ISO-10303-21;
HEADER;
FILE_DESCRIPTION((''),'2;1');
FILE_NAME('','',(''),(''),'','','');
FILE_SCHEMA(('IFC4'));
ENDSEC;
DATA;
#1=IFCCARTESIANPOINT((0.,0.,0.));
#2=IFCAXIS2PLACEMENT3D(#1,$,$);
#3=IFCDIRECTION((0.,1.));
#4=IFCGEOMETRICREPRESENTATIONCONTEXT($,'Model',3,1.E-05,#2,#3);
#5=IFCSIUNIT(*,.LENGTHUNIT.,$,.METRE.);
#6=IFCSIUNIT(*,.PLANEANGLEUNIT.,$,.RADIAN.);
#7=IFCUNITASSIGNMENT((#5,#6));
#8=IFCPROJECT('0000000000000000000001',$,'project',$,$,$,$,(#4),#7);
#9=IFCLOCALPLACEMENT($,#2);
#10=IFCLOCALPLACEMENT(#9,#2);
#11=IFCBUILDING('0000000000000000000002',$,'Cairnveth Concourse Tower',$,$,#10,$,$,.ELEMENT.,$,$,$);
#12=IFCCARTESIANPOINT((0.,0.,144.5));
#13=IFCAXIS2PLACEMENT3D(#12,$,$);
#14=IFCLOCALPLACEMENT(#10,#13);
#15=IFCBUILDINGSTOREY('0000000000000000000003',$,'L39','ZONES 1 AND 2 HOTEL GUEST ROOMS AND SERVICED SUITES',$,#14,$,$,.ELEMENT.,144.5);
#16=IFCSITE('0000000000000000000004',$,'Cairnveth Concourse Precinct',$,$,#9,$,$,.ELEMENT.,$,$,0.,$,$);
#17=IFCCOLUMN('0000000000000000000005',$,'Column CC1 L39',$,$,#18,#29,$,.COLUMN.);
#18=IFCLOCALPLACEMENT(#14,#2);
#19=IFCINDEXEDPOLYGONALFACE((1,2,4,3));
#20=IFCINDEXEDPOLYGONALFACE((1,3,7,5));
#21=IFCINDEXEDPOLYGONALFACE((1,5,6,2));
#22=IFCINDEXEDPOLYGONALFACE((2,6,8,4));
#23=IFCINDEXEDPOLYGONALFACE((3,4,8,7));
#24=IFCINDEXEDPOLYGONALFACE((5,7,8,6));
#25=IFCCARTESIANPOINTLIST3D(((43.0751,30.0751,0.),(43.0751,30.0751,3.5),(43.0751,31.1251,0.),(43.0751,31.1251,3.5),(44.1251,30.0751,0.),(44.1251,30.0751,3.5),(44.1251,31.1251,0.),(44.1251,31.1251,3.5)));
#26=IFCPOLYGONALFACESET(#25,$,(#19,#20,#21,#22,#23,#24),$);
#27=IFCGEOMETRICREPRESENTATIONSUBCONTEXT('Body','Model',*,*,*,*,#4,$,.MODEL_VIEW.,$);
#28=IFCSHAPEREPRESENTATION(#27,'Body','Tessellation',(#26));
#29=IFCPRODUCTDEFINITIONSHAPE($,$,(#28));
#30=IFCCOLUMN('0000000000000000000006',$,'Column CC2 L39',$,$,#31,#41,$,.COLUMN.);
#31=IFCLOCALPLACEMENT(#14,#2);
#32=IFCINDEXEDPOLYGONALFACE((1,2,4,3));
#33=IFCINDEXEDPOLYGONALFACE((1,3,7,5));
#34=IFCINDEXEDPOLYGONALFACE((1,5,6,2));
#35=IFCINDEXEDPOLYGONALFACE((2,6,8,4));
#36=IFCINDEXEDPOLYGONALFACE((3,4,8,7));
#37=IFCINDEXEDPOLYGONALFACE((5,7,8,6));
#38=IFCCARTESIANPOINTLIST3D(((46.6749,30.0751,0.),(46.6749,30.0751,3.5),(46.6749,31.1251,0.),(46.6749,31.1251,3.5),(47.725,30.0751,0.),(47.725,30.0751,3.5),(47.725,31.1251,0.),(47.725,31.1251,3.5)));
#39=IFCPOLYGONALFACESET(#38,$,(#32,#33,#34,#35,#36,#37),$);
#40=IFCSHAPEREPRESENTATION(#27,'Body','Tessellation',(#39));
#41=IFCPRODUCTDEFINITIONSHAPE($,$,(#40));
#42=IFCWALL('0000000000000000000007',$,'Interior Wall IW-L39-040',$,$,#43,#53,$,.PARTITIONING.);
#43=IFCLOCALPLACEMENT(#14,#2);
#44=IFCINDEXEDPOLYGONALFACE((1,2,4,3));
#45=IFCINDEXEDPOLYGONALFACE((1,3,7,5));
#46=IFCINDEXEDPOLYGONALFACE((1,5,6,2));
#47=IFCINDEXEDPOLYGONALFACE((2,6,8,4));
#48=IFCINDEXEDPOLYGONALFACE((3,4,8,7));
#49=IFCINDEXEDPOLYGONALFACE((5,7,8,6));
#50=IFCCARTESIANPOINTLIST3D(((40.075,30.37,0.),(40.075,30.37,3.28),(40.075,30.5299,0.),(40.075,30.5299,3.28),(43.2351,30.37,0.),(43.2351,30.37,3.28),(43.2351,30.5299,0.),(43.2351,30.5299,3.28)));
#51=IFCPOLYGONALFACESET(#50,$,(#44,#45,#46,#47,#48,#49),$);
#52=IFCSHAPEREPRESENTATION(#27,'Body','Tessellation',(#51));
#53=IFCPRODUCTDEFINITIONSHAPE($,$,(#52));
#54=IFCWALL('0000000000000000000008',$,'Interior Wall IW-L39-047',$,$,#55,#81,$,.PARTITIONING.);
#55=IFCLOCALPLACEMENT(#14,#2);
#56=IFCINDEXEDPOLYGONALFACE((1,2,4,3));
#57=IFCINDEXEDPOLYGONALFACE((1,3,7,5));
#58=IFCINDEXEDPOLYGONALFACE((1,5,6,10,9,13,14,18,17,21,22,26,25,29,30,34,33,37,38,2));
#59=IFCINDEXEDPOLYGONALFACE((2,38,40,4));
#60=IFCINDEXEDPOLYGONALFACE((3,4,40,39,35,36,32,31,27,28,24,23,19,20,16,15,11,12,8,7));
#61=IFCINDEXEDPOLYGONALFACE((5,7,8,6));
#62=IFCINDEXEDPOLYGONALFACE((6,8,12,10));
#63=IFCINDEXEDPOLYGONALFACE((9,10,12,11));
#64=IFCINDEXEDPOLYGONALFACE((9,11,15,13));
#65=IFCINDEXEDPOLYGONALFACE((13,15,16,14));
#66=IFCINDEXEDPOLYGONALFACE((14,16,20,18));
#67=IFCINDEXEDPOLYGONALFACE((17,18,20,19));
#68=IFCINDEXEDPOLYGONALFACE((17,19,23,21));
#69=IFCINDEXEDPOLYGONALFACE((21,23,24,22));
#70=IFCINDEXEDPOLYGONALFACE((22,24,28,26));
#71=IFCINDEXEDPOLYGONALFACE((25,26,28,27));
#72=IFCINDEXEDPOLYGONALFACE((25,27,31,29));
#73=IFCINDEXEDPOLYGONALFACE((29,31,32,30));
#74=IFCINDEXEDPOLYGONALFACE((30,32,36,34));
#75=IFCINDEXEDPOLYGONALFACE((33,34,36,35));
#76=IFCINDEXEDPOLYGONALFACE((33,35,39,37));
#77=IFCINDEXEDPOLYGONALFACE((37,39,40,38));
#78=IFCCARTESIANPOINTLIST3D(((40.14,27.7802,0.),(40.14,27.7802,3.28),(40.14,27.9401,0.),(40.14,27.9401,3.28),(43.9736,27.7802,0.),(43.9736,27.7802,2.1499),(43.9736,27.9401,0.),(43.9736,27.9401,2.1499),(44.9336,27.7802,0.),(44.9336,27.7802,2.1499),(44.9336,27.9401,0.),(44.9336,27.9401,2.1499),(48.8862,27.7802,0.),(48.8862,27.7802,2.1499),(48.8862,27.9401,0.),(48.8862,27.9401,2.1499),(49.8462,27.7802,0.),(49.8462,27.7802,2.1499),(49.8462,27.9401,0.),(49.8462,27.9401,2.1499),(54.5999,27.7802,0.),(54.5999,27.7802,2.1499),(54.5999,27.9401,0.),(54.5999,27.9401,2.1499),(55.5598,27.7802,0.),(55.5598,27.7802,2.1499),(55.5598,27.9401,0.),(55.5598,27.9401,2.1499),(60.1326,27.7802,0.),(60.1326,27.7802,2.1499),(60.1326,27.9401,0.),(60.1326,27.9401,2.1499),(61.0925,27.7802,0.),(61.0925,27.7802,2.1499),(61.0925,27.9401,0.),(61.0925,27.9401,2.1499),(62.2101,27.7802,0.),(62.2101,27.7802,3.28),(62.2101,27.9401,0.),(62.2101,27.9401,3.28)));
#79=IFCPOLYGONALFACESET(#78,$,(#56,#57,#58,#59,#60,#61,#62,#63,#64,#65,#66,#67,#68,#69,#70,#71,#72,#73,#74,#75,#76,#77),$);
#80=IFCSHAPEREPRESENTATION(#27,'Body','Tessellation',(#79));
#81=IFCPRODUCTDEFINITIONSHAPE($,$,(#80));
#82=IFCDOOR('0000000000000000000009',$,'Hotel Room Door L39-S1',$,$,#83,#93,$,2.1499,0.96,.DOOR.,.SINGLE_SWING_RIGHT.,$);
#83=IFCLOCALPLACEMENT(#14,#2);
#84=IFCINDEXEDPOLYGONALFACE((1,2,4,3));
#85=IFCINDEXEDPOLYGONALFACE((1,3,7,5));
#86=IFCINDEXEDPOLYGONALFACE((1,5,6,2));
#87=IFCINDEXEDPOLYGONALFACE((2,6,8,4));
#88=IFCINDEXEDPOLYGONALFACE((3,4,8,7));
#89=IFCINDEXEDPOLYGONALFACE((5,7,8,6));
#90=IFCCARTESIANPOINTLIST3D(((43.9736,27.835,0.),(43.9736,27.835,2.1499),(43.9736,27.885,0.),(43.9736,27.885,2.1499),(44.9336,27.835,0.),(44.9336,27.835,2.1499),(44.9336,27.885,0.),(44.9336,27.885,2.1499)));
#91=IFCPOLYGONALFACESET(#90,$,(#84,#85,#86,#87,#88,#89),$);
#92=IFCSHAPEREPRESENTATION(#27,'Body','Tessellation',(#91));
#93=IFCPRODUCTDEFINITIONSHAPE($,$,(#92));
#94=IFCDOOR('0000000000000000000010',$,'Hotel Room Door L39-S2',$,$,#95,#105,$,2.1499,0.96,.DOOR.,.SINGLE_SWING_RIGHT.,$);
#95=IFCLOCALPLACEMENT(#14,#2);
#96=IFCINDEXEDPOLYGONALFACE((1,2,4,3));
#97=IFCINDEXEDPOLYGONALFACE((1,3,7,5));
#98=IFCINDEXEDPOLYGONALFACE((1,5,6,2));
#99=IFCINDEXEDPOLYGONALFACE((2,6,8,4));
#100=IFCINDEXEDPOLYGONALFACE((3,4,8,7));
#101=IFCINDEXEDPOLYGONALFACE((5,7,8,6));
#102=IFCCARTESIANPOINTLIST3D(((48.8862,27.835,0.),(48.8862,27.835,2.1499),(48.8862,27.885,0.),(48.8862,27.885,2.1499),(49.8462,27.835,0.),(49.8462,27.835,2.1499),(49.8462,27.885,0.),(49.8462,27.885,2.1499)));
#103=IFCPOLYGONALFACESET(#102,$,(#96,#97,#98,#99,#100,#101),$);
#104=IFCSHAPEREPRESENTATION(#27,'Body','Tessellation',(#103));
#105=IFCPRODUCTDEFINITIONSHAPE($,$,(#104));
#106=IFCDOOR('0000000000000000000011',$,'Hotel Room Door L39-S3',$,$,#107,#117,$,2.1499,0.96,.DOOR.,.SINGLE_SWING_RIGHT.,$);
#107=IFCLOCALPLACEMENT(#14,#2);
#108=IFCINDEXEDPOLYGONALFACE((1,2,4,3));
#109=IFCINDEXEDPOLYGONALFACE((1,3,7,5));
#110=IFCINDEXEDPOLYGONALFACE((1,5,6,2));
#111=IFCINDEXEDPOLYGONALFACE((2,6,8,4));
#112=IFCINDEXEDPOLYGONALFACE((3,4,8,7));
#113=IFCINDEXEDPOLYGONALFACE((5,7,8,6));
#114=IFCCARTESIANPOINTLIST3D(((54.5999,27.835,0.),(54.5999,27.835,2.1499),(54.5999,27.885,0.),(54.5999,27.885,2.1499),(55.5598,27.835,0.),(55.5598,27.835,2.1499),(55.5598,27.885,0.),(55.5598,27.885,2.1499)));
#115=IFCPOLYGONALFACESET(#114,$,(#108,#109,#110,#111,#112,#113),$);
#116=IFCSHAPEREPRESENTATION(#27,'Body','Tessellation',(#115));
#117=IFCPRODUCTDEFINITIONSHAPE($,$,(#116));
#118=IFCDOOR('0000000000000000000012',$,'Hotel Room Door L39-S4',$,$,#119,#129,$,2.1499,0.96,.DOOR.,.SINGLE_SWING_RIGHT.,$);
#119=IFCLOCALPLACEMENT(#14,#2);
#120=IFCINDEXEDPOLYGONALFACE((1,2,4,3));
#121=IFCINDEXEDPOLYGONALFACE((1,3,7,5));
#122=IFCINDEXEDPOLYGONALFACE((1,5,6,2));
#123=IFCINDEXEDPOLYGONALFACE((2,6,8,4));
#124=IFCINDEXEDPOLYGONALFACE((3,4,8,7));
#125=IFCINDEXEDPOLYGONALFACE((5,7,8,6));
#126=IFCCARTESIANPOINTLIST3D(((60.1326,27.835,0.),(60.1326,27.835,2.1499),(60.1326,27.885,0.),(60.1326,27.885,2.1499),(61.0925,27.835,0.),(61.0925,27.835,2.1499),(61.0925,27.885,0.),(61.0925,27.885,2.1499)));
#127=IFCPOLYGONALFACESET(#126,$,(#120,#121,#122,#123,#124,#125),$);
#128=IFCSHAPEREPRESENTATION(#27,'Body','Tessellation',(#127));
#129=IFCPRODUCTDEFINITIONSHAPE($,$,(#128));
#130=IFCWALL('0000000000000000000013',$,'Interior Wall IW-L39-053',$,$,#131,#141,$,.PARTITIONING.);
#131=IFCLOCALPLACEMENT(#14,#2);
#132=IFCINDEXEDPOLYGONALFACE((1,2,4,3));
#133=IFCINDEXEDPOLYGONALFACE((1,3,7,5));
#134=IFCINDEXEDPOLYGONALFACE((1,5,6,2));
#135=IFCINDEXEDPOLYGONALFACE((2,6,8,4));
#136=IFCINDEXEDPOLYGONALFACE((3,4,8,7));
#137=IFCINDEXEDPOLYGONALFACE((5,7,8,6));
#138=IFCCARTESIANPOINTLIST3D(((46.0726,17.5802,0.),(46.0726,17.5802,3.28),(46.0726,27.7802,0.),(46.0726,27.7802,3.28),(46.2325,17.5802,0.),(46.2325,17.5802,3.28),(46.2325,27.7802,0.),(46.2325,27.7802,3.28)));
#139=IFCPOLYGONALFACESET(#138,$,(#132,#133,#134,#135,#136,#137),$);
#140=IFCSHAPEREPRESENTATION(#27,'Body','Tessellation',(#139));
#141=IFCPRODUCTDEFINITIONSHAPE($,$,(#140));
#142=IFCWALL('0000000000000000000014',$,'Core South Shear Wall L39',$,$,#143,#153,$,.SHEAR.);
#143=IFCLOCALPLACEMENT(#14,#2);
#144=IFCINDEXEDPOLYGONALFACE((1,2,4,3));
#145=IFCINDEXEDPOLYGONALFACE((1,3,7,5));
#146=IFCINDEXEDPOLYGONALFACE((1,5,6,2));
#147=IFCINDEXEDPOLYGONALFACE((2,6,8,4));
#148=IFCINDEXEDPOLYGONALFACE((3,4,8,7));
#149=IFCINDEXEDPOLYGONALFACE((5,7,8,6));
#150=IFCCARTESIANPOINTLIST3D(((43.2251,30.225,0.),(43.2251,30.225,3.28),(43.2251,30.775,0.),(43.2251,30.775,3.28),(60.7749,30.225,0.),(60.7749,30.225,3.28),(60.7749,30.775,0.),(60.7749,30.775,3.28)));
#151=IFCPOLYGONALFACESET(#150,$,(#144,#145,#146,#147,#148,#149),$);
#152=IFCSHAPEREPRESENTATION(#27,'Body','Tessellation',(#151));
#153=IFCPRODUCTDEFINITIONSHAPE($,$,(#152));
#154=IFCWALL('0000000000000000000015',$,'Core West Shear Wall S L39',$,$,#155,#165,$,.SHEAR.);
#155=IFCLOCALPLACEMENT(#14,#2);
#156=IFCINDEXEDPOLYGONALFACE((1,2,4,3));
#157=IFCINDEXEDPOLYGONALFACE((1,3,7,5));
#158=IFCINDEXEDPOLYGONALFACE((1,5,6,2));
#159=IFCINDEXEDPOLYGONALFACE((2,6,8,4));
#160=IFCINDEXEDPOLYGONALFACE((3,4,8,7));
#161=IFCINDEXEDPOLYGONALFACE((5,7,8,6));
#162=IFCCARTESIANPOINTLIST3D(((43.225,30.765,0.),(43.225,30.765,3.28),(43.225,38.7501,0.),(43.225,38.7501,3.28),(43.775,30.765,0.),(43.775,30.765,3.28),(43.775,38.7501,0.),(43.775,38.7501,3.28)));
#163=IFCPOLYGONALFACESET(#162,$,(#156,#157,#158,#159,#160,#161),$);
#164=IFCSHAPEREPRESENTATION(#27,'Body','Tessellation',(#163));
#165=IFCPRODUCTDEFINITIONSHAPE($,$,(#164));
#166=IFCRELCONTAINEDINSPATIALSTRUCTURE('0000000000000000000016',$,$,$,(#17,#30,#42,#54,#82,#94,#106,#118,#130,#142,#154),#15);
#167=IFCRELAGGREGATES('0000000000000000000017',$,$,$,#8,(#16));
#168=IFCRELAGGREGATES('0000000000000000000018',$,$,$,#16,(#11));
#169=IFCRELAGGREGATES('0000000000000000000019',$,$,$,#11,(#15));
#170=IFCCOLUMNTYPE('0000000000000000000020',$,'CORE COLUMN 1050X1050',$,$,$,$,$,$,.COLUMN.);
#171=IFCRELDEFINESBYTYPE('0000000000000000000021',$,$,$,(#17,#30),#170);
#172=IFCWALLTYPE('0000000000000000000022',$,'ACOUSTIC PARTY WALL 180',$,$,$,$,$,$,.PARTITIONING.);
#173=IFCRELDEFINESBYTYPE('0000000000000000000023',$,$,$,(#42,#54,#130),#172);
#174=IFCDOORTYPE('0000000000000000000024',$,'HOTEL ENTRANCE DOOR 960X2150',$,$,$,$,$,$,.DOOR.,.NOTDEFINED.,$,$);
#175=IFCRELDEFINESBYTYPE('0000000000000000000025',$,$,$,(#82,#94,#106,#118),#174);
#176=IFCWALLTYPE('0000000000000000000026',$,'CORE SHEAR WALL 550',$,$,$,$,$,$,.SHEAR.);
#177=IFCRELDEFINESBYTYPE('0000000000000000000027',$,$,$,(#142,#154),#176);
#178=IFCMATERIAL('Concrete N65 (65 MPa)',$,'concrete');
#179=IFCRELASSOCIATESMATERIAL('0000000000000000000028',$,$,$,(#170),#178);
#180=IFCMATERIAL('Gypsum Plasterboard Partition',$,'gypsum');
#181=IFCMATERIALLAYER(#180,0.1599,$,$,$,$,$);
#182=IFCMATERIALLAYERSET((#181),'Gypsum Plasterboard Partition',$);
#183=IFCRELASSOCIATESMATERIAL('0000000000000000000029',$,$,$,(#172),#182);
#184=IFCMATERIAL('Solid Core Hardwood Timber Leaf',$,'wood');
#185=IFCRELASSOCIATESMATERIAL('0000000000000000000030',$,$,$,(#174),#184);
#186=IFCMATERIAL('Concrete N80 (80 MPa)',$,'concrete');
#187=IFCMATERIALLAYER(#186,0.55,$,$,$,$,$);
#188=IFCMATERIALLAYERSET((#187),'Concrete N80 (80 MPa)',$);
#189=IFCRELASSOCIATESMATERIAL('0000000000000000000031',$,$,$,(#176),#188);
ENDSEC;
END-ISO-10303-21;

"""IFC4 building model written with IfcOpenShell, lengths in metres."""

from ifc_helpers import new_model, si_unit, direction, frame, frame_2d, origin, origin_2d, place, context, subcontext, project, spatial, rectangle, extrude, material, layer, layer_set, material_profile, profile_set, type_object, element, fill, save


model = new_model("IFC4")

# Units and contexts
model_context = context("Model", 3, precision=1e-05, world=origin(), true_north=direction((0.0, 1.0)))
body_context = subcontext(model_context, "Body", "Model", "MODEL_VIEW")
ifc_project = project(units=[si_unit("LENGTHUNIT", "METRE"), si_unit("PLANEANGLEUNIT", "RADIAN")], contexts=[model_context])

# Site, building, storey
site_placement = place(None, origin())
site = spatial("IfcSite", under=ifc_project, at=site_placement, Name="Cairnveth Concourse Precinct", CompositionType="ELEMENT", RefElevation=0.0)
building_placement = place(site_placement, origin())
building = spatial("IfcBuilding", under=site, at=building_placement, Name="Cairnveth Concourse Tower", CompositionType="ELEMENT")
storey_placement = place(building_placement, frame((0.0, 0.0, 144.5)))
storey = spatial("IfcBuildingStorey", under=building, at=storey_placement, Name="L39", Description="ZONES 1 AND 2 HOTEL GUEST ROOMS AND SERVICED SUITES", CompositionType="ELEMENT", Elevation=144.5)

# Columns
ifc_material_1 = material(Name="Concrete N65 (65 MPa)", Category="concrete")
ifc_material_profile = material_profile(ifc_material_1, rectangle(XDim=1.05, YDim=1.05, at=origin_2d()), Name="RC-COL-1050x1050")
ifc_profile_set = profile_set([ifc_material_profile], Name="Concrete N65 (65 MPa)")
column_type = type_object("IfcColumnType", Name="CORE COLUMN 1050X1050", PredefinedType="COLUMN", material=ifc_profile_set)
for number, where, z_axis, x_axis, name in (
    (1, (43.6001, 30.6001, 0.0), (0.0, 0.0, 1.0), (1.0, 0.0, 0.0), "Column CC1 L39"),
    (2, (47.2, 30.6001, 0.0), (0.0, 0.0, 1.0), (1.0, 0.0, 0.0), "Column CC2 L39"),
):
    element("IfcColumn", number, at=place(storey_placement, frame(where, z_axis=z_axis, x_axis=x_axis)), inside=storey, type_object=column_type, Name=name, PredefinedType="COLUMN", context=body_context, shape_type="SweptSolid", body=[
        extrude(rectangle(XDim=1.05, YDim=1.05, at=origin_2d()), origin(), (0.0, 0.0, 1.0), 3.5),
    ])

# Wall
ifc_material_2 = material(Name="Gypsum Plasterboard Partition", Category="gypsum")
ifc_layer_1 = layer(ifc_material_2, 0.1599)
ifc_layer_set_1 = layer_set([ifc_layer_1], Name="Gypsum Plasterboard Partition")
wall_type_1 = type_object("IfcWallType", Name="ACOUSTIC PARTY WALL 180", PredefinedType="PARTITIONING", material=ifc_layer_set_1)
wall_1_placement = place(storey_placement, frame((40.075, 30.45, 0.0), z_axis=(0.0, 0.0, 1.0), x_axis=(1.0, 0.0, 0.0)))
element("IfcWall", 3, at=wall_1_placement, inside=storey, type_object=wall_type_1, Name="Interior Wall IW-L39-040", PredefinedType="PARTITIONING", context=body_context, shape_type="SweptSolid", body=[
    extrude(rectangle(XDim=3.1602, YDim=0.1599, at=frame_2d((1.5801, 0.0))), origin(), (0.0, 0.0, 1.0), 3.28),
])

# Wall, openings, doors
wall_2_placement = place(storey_placement, frame((40.1399, 27.8601, 0.0), z_axis=(0.0, 0.0, 1.0), x_axis=(1.0, 0.0, 0.0)))
wall_2 = element("IfcWall", 4, at=wall_2_placement, inside=storey, type_object=wall_type_1, Name="Interior Wall IW-L39-047", PredefinedType="PARTITIONING", context=body_context, shape_type="SweptSolid", body=[
    extrude(rectangle(XDim=22.0701, YDim=0.1599, at=frame_2d((11.0352, 0.0))), origin(), (0.0, 0.0, 1.0), 3.28),
])
opening_1_placement = place(wall_2_placement, frame((3.8337, 0.0, 0.0)))
opening_1 = element("IfcOpeningElement", 5, at=opening_1_placement, cuts=wall_2, PredefinedType="OPENING", context=body_context, shape_type="SweptSolid", body=[
    extrude(rectangle(XDim=0.96, YDim=2.1499, at=frame_2d((0.48, 1.075))), frame((0.0, 0.0898, 0.0), z_axis=(0.0, -1.0, 0.0), x_axis=(1.0, 0.0, 0.0)), (0.0, 0.0, 1.0), 0.1799),
])
opening_2_placement = place(wall_2_placement, frame((8.7463, 0.0, 0.0)))
opening_2 = element("IfcOpeningElement", 6, at=opening_2_placement, cuts=wall_2, PredefinedType="OPENING", context=body_context, shape_type="SweptSolid", body=[
    extrude(rectangle(XDim=0.96, YDim=2.1499, at=frame_2d((0.48, 1.075))), frame((0.0, 0.0898, 0.0), z_axis=(0.0, -1.0, 0.0), x_axis=(1.0, 0.0, 0.0)), (0.0, 0.0, 1.0), 0.1799),
])
opening_3_placement = place(wall_2_placement, frame((14.46, 0.0, 0.0)))
opening_3 = element("IfcOpeningElement", 7, at=opening_3_placement, cuts=wall_2, PredefinedType="OPENING", context=body_context, shape_type="SweptSolid", body=[
    extrude(rectangle(XDim=0.96, YDim=2.1499, at=frame_2d((0.48, 1.075))), frame((0.0, 0.0898, 0.0), z_axis=(0.0, -1.0, 0.0), x_axis=(1.0, 0.0, 0.0)), (0.0, 0.0, 1.0), 0.1799),
])
opening_4_placement = place(wall_2_placement, frame((19.9927, 0.0, 0.0)))
opening_4 = element("IfcOpeningElement", 8, at=opening_4_placement, cuts=wall_2, PredefinedType="OPENING", context=body_context, shape_type="SweptSolid", body=[
    extrude(rectangle(XDim=0.96, YDim=2.1499, at=frame_2d((0.48, 1.075))), frame((0.0, 0.0898, 0.0), z_axis=(0.0, -1.0, 0.0), x_axis=(1.0, 0.0, 0.0)), (0.0, 0.0, 1.0), 0.1799),
])
ifc_material_3 = material(Name="Solid Core Hardwood Timber Leaf", Category="wood")
door_type_1 = type_object("IfcDoorType", Name="HOTEL ENTRANCE DOOR 960X2150", OperationType="NOTDEFINED", PredefinedType="DOOR", material=ifc_material_3)
door_1_placement = place(opening_1_placement, origin())
door_1 = element("IfcDoor", 9, at=door_1_placement, inside=storey, type_object=door_type_1, Name="Hotel Room Door L39-S1", OperationType="SINGLE_SWING_RIGHT", OverallHeight=2.1499, OverallWidth=0.96, PredefinedType="DOOR", context=body_context, shape_type="SweptSolid", body=[
    extrude(rectangle(XDim=0.96, YDim=2.1499, at=frame_2d((0.48, 1.075))), frame((0.0, 0.0249, 0.0), z_axis=(0.0, -1.0, 0.0), x_axis=(1.0, 0.0, 0.0)), (0.0, 0.0, 1.0), 0.05),
])
fill(opening_1, door_1)
door_2_placement = place(opening_2_placement, origin())
door_2 = element("IfcDoor", 10, at=door_2_placement, inside=storey, type_object=door_type_1, Name="Hotel Room Door L39-S2", OperationType="SINGLE_SWING_RIGHT", OverallHeight=2.1499, OverallWidth=0.96, PredefinedType="DOOR", context=body_context, shape_type="SweptSolid", body=[
    extrude(rectangle(XDim=0.96, YDim=2.1499, at=frame_2d((0.48, 1.075))), frame((0.0, 0.0249, 0.0), z_axis=(0.0, -1.0, 0.0), x_axis=(1.0, 0.0, 0.0)), (0.0, 0.0, 1.0), 0.05),
])
fill(opening_2, door_2)
door_3_placement = place(opening_3_placement, origin())
door_3 = element("IfcDoor", 11, at=door_3_placement, inside=storey, type_object=door_type_1, Name="Hotel Room Door L39-S3", OperationType="SINGLE_SWING_RIGHT", OverallHeight=2.1499, OverallWidth=0.96, PredefinedType="DOOR", context=body_context, shape_type="SweptSolid", body=[
    extrude(rectangle(XDim=0.96, YDim=2.1499, at=frame_2d((0.48, 1.075))), frame((0.0, 0.0249, 0.0), z_axis=(0.0, -1.0, 0.0), x_axis=(1.0, 0.0, 0.0)), (0.0, 0.0, 1.0), 0.05),
])
fill(opening_3, door_3)
door_4_placement = place(opening_4_placement, origin())
door_4 = element("IfcDoor", 12, at=door_4_placement, inside=storey, type_object=door_type_1, Name="Hotel Room Door L39-S4", OperationType="SINGLE_SWING_RIGHT", OverallHeight=2.1499, OverallWidth=0.96, PredefinedType="DOOR", context=body_context, shape_type="SweptSolid", body=[
    extrude(rectangle(XDim=0.96, YDim=2.1499, at=frame_2d((0.48, 1.075))), frame((0.0, 0.0249, 0.0), z_axis=(0.0, -1.0, 0.0), x_axis=(1.0, 0.0, 0.0)), (0.0, 0.0, 1.0), 0.05),
])
fill(opening_4, door_4)

# Walls
wall_3_placement = place(storey_placement, frame((46.1526, 17.5801, 0.0), z_axis=(0.0, 0.0, 1.0), x_axis=(0.0, 1.0, 0.0)))
element("IfcWall", 13, at=wall_3_placement, inside=storey, type_object=wall_type_1, Name="Interior Wall IW-L39-053", PredefinedType="PARTITIONING", context=body_context, shape_type="SweptSolid", body=[
    extrude(rectangle(XDim=10.2, YDim=0.1599, at=frame_2d((5.1001, 0.0))), origin(), (0.0, 0.0, 1.0), 3.28),
])
ifc_material_4 = material(Name="Concrete N80 (80 MPa)", Category="concrete")
ifc_layer_2 = layer(ifc_material_4, 0.55)
ifc_layer_set_2 = layer_set([ifc_layer_2], Name="Concrete N80 (80 MPa)")
wall_type_2 = type_object("IfcWallType", Name="CORE SHEAR WALL 550", PredefinedType="SHEAR", material=ifc_layer_set_2)
wall_4_placement = place(storey_placement, frame((43.2251, 30.5, 0.0), z_axis=(0.0, 0.0, 1.0), x_axis=(1.0, 0.0, 0.0)))
element("IfcWall", 14, at=wall_4_placement, inside=storey, type_object=wall_type_2, Name="Core South Shear Wall L39", PredefinedType="SHEAR", context=body_context, shape_type="SweptSolid", body=[
    extrude(rectangle(XDim=17.5498, YDim=0.55, at=frame_2d((8.7749, 0.0))), origin(), (0.0, 0.0, 1.0), 3.28),
])
wall_5_placement = place(storey_placement, frame((43.5, 30.7649, 0.0), z_axis=(0.0, 0.0, 1.0), x_axis=(0.0, 1.0, 0.0)))
element("IfcWall", 15, at=wall_5_placement, inside=storey, type_object=wall_type_2, Name="Core West Shear Wall S L39", PredefinedType="SHEAR", context=body_context, shape_type="SweptSolid", body=[
    extrude(rectangle(XDim=7.9851, YDim=0.55, at=frame_2d((3.9927, 0.0))), origin(), (0.0, 0.0, 1.0), 3.28),
])

save(model, "model.ifc")
